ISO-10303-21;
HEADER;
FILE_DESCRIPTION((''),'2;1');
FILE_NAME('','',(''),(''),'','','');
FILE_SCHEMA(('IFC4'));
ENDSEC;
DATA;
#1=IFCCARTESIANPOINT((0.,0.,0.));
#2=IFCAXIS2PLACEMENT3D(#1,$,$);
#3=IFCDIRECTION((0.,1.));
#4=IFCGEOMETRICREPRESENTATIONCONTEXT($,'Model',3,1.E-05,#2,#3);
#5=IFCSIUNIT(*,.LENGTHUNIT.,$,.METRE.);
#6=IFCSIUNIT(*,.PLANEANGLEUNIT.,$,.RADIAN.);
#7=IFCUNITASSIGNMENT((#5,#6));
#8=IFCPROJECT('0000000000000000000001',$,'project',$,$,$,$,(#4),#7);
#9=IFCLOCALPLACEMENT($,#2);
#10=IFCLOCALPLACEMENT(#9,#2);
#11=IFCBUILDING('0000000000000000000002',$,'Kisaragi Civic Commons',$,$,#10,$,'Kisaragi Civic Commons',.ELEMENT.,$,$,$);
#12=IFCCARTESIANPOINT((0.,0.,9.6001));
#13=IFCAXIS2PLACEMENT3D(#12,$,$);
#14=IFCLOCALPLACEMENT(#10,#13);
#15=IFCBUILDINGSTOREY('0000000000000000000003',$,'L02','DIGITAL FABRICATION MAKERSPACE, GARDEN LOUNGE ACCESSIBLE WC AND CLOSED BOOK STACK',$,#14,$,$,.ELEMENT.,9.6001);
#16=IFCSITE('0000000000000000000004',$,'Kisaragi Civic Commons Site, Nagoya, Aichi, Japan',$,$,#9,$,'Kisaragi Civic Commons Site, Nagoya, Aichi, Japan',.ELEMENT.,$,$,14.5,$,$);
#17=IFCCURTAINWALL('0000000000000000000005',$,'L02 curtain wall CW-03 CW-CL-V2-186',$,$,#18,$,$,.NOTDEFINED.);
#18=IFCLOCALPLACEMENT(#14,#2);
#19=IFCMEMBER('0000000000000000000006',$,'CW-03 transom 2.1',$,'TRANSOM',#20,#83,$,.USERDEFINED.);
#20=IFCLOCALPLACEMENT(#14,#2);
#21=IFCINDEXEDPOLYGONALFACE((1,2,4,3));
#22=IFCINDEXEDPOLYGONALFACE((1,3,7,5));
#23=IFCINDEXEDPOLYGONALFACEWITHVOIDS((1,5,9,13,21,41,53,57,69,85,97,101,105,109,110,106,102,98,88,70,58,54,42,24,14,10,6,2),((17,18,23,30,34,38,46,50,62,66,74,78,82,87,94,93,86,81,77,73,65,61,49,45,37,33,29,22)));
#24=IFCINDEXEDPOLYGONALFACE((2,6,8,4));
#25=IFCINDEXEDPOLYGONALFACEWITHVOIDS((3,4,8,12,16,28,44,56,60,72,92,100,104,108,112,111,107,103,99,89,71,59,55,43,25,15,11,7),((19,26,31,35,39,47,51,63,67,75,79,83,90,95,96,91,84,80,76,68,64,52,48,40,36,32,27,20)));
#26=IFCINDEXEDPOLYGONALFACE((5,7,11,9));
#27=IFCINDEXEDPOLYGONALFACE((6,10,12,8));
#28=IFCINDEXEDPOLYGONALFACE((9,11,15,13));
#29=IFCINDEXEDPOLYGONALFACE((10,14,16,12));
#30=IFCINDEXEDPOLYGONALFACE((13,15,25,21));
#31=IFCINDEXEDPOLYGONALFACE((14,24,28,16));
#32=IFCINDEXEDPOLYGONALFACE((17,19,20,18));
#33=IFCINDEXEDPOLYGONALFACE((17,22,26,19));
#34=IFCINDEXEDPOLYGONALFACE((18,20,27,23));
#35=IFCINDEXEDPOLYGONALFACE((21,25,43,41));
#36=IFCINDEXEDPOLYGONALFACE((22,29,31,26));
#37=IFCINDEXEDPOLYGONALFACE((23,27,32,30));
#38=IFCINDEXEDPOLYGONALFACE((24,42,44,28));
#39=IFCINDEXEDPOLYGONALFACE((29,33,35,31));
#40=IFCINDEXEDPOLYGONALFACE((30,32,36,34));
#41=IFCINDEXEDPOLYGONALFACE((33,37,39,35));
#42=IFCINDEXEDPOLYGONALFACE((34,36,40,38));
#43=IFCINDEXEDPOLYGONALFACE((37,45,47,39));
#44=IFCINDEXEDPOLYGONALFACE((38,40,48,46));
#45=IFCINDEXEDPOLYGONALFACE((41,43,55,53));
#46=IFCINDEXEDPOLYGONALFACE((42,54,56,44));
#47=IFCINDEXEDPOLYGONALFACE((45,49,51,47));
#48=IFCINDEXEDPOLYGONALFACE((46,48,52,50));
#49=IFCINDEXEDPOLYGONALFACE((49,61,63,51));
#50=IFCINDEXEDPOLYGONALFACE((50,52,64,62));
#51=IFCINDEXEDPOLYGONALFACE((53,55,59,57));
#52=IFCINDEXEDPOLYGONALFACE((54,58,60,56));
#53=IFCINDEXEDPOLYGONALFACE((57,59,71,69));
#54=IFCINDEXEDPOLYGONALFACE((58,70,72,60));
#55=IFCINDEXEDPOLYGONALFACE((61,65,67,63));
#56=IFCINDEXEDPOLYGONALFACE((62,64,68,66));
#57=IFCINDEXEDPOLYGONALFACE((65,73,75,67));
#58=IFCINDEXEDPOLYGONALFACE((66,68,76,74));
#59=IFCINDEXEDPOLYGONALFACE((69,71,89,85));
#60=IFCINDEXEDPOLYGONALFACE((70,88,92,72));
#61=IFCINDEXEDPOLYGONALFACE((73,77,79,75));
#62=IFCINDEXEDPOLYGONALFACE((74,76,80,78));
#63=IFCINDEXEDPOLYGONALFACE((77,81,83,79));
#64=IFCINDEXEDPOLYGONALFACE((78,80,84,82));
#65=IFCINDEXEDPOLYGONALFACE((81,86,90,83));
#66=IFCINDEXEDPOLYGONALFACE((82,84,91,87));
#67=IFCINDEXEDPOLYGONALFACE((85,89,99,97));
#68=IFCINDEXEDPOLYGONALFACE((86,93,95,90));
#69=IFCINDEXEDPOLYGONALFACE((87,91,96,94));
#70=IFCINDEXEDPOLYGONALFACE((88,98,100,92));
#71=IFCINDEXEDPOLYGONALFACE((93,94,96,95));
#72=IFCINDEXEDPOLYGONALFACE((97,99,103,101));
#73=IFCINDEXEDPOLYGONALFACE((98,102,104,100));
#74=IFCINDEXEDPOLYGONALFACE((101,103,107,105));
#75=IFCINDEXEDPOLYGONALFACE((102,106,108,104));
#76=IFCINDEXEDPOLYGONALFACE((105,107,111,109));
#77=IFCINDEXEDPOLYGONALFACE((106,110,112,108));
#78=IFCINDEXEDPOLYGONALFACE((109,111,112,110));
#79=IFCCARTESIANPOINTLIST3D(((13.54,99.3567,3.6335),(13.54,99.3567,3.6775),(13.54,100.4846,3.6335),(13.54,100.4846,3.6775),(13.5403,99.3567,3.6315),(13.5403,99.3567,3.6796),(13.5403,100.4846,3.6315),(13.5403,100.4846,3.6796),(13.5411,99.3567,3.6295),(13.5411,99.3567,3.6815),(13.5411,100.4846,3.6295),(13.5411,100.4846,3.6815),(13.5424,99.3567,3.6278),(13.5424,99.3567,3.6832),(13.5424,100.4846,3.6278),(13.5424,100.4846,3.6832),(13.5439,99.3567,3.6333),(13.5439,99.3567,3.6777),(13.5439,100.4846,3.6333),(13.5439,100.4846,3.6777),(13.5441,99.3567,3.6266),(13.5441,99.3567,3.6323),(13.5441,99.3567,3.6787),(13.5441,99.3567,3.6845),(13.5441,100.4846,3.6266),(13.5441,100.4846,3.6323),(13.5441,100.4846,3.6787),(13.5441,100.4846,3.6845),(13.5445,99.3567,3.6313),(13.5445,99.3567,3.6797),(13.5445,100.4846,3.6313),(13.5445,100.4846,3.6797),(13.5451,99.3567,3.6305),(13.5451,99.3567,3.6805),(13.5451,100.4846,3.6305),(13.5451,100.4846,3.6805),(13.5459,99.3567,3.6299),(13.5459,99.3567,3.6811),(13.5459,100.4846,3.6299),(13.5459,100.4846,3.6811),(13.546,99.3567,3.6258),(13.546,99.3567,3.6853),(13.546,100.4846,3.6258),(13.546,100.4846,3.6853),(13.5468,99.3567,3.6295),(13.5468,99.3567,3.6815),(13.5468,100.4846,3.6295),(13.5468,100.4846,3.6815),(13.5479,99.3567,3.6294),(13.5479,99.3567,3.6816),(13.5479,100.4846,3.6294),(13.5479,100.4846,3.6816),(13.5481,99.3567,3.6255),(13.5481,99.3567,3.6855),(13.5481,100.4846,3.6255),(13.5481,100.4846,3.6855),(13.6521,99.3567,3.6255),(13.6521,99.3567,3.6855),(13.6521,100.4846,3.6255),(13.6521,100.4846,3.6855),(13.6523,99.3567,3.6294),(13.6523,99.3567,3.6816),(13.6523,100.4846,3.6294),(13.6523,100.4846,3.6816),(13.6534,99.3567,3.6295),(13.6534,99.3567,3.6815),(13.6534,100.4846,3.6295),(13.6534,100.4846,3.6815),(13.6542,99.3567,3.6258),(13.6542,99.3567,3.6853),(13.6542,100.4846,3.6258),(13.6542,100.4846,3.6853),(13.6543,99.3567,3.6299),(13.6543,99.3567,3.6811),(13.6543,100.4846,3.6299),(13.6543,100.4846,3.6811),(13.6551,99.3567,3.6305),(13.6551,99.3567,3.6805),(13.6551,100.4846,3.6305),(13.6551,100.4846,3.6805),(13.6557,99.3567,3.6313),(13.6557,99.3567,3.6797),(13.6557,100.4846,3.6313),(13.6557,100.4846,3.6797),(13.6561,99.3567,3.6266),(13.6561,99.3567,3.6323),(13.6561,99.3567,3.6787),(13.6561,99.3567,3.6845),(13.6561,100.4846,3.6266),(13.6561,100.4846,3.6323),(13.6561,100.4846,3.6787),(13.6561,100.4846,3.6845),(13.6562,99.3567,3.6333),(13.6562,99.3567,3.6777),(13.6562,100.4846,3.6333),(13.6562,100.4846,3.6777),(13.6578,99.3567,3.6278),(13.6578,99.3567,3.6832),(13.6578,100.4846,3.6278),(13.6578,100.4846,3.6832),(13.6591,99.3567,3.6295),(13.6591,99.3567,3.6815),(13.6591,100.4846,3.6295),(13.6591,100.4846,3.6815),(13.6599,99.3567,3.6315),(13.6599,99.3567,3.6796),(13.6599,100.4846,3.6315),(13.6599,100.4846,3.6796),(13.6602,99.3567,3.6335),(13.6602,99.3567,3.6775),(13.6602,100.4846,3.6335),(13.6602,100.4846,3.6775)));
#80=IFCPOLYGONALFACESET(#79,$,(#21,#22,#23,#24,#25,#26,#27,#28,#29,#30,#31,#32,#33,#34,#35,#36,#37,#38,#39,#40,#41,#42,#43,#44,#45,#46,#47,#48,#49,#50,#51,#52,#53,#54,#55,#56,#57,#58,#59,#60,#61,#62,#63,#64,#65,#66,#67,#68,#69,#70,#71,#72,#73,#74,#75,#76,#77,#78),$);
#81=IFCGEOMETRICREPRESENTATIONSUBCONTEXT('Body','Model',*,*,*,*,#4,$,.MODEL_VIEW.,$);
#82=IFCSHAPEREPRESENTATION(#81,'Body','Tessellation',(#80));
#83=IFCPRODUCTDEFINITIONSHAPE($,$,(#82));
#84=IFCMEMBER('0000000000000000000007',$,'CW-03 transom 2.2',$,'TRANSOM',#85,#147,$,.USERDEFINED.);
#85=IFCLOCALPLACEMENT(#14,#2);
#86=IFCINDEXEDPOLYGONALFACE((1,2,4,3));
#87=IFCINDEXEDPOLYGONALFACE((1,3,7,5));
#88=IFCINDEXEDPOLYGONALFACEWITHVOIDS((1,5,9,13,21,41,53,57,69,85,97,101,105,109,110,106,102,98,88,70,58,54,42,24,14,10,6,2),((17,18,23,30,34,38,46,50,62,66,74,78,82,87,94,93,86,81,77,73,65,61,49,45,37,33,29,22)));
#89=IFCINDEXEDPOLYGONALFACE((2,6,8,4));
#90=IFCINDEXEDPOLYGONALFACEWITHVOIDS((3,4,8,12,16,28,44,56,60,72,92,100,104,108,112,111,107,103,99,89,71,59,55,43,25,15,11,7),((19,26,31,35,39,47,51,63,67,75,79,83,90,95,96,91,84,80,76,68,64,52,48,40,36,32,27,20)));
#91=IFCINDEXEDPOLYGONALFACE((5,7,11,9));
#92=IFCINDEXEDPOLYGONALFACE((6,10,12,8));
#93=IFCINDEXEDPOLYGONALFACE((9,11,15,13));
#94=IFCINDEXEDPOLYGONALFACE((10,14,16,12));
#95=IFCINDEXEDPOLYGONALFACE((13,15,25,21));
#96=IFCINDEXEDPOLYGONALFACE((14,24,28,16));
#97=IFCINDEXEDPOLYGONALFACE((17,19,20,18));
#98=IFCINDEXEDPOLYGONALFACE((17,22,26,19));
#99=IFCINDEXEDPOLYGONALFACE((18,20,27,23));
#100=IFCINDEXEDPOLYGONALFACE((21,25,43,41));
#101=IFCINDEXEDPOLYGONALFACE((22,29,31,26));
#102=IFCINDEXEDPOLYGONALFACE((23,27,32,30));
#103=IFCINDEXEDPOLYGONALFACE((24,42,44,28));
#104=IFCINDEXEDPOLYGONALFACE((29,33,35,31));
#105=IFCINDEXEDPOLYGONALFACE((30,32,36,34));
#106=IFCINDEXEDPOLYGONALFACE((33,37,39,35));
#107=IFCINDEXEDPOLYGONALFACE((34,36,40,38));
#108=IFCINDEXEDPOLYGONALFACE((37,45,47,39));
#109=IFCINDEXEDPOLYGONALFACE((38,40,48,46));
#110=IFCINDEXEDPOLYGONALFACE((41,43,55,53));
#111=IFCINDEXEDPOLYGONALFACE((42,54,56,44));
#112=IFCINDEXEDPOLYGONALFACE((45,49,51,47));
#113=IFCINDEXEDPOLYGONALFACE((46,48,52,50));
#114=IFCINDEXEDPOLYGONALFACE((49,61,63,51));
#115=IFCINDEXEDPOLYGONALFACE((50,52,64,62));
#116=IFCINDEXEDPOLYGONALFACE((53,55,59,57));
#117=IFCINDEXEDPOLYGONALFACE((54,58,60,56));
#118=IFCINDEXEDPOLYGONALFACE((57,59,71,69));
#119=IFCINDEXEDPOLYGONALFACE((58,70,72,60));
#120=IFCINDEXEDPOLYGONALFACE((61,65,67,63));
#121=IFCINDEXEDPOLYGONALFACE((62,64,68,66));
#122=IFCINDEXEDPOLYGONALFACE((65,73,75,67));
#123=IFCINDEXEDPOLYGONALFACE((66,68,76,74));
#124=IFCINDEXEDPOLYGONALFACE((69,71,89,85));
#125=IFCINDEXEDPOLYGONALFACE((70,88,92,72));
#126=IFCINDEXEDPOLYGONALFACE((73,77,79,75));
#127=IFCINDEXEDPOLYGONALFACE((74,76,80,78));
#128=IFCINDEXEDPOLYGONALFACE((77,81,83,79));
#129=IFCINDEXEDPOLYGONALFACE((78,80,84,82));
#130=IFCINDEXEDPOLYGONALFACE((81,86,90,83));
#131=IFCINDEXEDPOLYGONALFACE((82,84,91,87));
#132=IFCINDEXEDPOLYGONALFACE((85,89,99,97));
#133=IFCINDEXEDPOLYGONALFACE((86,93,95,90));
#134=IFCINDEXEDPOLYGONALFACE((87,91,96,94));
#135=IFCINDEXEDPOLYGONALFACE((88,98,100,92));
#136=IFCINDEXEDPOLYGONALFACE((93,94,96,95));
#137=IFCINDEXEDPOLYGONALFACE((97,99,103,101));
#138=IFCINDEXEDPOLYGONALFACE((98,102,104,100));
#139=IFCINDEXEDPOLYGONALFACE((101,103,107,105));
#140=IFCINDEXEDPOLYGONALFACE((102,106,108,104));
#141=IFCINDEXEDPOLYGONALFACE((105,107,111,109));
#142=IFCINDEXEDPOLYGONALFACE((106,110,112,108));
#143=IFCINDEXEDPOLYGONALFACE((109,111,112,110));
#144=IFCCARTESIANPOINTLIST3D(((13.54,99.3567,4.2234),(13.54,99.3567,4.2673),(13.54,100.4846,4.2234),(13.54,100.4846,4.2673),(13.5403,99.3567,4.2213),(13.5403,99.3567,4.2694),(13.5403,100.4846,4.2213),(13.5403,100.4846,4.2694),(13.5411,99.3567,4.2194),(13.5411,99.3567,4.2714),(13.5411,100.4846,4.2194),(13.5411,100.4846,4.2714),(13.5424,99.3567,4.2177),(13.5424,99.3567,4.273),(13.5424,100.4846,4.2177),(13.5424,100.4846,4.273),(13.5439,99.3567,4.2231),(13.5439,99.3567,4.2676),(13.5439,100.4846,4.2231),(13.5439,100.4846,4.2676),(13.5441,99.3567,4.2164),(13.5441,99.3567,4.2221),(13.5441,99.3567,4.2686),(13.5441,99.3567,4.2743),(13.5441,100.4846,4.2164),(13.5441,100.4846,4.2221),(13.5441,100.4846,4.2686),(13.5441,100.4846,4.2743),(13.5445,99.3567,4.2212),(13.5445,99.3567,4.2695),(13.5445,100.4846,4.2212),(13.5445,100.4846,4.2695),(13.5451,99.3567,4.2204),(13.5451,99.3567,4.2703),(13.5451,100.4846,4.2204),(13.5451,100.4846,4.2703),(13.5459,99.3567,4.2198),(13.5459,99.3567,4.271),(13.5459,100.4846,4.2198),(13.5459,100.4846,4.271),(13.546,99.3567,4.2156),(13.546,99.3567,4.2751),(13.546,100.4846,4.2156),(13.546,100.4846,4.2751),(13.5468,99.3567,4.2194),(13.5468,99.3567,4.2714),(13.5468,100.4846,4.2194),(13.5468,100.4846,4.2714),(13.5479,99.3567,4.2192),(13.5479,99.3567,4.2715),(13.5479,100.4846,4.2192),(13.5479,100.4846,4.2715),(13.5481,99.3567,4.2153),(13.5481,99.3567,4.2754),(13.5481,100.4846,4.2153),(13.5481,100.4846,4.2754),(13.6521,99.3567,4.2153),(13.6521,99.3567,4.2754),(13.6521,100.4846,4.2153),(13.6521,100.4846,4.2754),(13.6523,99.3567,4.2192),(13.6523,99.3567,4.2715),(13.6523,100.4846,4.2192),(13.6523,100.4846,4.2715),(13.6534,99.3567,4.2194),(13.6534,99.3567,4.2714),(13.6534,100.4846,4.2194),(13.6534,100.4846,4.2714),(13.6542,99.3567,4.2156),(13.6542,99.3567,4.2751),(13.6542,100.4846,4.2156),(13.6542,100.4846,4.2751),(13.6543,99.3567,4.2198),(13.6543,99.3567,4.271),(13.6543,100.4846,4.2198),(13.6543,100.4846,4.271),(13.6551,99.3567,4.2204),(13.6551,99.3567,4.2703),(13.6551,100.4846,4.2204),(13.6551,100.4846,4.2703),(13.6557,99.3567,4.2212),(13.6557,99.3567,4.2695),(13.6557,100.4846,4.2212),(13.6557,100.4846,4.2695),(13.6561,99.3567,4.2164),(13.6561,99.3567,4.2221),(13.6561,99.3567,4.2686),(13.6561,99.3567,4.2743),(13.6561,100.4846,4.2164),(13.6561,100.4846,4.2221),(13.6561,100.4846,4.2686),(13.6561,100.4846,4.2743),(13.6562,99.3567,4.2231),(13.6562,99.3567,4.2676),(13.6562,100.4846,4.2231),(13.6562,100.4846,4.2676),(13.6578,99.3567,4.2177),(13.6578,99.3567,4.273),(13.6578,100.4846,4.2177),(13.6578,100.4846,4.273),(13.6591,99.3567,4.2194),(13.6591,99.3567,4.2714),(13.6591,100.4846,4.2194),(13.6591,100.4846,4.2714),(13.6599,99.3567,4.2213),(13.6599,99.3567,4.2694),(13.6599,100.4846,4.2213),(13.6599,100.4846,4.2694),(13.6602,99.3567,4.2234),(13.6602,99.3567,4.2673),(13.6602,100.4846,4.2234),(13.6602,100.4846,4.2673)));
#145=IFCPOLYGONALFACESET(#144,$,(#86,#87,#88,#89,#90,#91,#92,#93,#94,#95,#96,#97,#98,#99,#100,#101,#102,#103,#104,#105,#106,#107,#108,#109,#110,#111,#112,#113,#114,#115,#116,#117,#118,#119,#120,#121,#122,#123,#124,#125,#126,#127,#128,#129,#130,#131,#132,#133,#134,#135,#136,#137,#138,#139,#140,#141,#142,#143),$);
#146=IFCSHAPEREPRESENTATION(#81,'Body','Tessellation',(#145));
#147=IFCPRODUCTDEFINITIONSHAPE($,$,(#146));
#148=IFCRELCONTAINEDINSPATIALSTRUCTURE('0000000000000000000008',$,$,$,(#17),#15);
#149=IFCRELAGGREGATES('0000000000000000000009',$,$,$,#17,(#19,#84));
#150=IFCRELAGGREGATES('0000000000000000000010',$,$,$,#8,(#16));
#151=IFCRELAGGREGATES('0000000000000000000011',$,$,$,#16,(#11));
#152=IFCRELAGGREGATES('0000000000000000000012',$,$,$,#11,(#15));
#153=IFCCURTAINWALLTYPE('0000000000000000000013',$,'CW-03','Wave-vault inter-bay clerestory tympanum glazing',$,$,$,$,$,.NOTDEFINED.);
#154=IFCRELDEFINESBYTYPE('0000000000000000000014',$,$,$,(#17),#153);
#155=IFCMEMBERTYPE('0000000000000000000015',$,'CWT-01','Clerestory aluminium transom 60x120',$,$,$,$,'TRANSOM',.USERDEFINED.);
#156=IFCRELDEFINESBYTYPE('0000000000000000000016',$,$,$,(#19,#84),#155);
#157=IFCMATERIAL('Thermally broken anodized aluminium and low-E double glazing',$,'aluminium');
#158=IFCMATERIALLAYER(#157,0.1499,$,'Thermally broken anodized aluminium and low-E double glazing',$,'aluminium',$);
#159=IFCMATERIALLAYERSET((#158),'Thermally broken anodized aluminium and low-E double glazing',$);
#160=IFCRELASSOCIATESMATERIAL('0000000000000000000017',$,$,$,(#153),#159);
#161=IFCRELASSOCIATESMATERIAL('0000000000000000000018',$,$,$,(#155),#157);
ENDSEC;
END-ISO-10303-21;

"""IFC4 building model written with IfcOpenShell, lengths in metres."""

from ifc_helpers import new_model, si_unit, direction, frame, origin, origin_2d, place, context, subcontext, project, spatial, hollow_rectangle, extrude, material, layer, layer_set, material_profile, profile_set, type_object, element, aggregate, save


model = new_model("IFC4")

# Units and contexts
model_context = context("Model", 3, precision=1e-05, world=origin(), true_north=direction((0.0, 1.0)))
body_context = subcontext(model_context, "Body", "Model", "MODEL_VIEW")
ifc_project = project(units=[si_unit("LENGTHUNIT", "METRE"), si_unit("PLANEANGLEUNIT", "RADIAN")], contexts=[model_context])

# Site, building, storey
site_placement = place(None, origin())
site = spatial("IfcSite", under=ifc_project, at=site_placement, Name="Kisaragi Civic Commons Site, Nagoya, Aichi, Japan", LongName="Kisaragi Civic Commons Site, Nagoya, Aichi, Japan", CompositionType="ELEMENT", RefElevation=14.5)
building_placement = place(site_placement, origin())
building = spatial("IfcBuilding", under=site, at=building_placement, Name="Kisaragi Civic Commons", LongName="Kisaragi Civic Commons", CompositionType="ELEMENT")
storey_placement = place(building_placement, frame((0.0, 0.0, 9.6001)))
storey = spatial("IfcBuildingStorey", under=building, at=storey_placement, Name="L02", Description="DIGITAL FABRICATION MAKERSPACE, GARDEN LOUNGE ACCESSIBLE WC AND CLOSED BOOK STACK", CompositionType="ELEMENT", Elevation=9.6001)

# Curtain wall
ifc_material_1 = material(Name="Thermally broken anodized aluminium and low-E double glazing", Category="aluminium")
ifc_layer_1 = layer(ifc_material_1, 0.1499, Name="Thermally broken anodized aluminium and low-E double glazing", Category="aluminium")
ifc_layer_set_1 = layer_set([ifc_layer_1], Name="Thermally broken anodized aluminium and low-E double glazing")
curtain_wall_type = type_object("IfcCurtainWallType", Name="CW-03", Description="Wave-vault inter-bay clerestory tympanum glazing", PredefinedType="NOTDEFINED", material=ifc_layer_set_1)
curtain_wall_1_placement = place(storey_placement, origin())
curtain_wall_1 = element("IfcCurtainWall", 1, at=curtain_wall_1_placement, inside=storey, type_object=curtain_wall_type, Name="L02 curtain wall CW-03 CW-CL-V2-186", PredefinedType="NOTDEFINED")

# Members
ifc_material_profile_1 = material_profile(ifc_material_1, hollow_rectangle(XDim=0.1201, YDim=0.0601, WallThickness=0.0039, InnerFilletRadius=0.0039, OuterFilletRadius=0.0081, at=origin_2d()), Name="CWT-60x120x4", Category="aluminium")
ifc_profile_set_1 = profile_set([ifc_material_profile_1], Name="Thermally broken anodized aluminium and low-E double glazing")
member_type_1 = type_object("IfcMemberType", Name="CWT-01", Description="Clerestory aluminium transom 60x120", ElementType="TRANSOM", PredefinedType="USERDEFINED", material=ifc_profile_set_1)
member_1_placement = place(storey_placement, frame((13.6001, 99.3567, 3.6555), z_axis=(0.0, 1.0, 0.0), x_axis=(-1.0, 0.0, 0.0)))
member_1 = element("IfcMember", 2, at=member_1_placement, type_object=member_type_1, Name="CW-03 transom 2.1", ObjectType="TRANSOM", PredefinedType="USERDEFINED", context=body_context, shape_type="SweptSolid", body=[
    extrude(hollow_rectangle(XDim=0.1201, YDim=0.0601, WallThickness=0.0039, InnerFilletRadius=0.0039, OuterFilletRadius=0.0081, at=origin_2d()), origin(), (0.0, 0.0, 1.0), 1.1279),
])
member_2_placement = place(storey_placement, frame((13.6001, 99.3567, 4.2454), z_axis=(0.0, 1.0, 0.0), x_axis=(-1.0, 0.0, 0.0)))
member_2 = element("IfcMember", 3, at=member_2_placement, type_object=member_type_1, Name="CW-03 transom 2.2", ObjectType="TRANSOM", PredefinedType="USERDEFINED", context=body_context, shape_type="SweptSolid", body=[
    extrude(hollow_rectangle(XDim=0.1201, YDim=0.0601, WallThickness=0.0039, InnerFilletRadius=0.0039, OuterFilletRadius=0.0081, at=origin_2d()), origin(), (0.0, 0.0, 1.0), 1.1279),
])

aggregate(curtain_wall_1, [member_1, member_2])

save(model, "model.ifc")
